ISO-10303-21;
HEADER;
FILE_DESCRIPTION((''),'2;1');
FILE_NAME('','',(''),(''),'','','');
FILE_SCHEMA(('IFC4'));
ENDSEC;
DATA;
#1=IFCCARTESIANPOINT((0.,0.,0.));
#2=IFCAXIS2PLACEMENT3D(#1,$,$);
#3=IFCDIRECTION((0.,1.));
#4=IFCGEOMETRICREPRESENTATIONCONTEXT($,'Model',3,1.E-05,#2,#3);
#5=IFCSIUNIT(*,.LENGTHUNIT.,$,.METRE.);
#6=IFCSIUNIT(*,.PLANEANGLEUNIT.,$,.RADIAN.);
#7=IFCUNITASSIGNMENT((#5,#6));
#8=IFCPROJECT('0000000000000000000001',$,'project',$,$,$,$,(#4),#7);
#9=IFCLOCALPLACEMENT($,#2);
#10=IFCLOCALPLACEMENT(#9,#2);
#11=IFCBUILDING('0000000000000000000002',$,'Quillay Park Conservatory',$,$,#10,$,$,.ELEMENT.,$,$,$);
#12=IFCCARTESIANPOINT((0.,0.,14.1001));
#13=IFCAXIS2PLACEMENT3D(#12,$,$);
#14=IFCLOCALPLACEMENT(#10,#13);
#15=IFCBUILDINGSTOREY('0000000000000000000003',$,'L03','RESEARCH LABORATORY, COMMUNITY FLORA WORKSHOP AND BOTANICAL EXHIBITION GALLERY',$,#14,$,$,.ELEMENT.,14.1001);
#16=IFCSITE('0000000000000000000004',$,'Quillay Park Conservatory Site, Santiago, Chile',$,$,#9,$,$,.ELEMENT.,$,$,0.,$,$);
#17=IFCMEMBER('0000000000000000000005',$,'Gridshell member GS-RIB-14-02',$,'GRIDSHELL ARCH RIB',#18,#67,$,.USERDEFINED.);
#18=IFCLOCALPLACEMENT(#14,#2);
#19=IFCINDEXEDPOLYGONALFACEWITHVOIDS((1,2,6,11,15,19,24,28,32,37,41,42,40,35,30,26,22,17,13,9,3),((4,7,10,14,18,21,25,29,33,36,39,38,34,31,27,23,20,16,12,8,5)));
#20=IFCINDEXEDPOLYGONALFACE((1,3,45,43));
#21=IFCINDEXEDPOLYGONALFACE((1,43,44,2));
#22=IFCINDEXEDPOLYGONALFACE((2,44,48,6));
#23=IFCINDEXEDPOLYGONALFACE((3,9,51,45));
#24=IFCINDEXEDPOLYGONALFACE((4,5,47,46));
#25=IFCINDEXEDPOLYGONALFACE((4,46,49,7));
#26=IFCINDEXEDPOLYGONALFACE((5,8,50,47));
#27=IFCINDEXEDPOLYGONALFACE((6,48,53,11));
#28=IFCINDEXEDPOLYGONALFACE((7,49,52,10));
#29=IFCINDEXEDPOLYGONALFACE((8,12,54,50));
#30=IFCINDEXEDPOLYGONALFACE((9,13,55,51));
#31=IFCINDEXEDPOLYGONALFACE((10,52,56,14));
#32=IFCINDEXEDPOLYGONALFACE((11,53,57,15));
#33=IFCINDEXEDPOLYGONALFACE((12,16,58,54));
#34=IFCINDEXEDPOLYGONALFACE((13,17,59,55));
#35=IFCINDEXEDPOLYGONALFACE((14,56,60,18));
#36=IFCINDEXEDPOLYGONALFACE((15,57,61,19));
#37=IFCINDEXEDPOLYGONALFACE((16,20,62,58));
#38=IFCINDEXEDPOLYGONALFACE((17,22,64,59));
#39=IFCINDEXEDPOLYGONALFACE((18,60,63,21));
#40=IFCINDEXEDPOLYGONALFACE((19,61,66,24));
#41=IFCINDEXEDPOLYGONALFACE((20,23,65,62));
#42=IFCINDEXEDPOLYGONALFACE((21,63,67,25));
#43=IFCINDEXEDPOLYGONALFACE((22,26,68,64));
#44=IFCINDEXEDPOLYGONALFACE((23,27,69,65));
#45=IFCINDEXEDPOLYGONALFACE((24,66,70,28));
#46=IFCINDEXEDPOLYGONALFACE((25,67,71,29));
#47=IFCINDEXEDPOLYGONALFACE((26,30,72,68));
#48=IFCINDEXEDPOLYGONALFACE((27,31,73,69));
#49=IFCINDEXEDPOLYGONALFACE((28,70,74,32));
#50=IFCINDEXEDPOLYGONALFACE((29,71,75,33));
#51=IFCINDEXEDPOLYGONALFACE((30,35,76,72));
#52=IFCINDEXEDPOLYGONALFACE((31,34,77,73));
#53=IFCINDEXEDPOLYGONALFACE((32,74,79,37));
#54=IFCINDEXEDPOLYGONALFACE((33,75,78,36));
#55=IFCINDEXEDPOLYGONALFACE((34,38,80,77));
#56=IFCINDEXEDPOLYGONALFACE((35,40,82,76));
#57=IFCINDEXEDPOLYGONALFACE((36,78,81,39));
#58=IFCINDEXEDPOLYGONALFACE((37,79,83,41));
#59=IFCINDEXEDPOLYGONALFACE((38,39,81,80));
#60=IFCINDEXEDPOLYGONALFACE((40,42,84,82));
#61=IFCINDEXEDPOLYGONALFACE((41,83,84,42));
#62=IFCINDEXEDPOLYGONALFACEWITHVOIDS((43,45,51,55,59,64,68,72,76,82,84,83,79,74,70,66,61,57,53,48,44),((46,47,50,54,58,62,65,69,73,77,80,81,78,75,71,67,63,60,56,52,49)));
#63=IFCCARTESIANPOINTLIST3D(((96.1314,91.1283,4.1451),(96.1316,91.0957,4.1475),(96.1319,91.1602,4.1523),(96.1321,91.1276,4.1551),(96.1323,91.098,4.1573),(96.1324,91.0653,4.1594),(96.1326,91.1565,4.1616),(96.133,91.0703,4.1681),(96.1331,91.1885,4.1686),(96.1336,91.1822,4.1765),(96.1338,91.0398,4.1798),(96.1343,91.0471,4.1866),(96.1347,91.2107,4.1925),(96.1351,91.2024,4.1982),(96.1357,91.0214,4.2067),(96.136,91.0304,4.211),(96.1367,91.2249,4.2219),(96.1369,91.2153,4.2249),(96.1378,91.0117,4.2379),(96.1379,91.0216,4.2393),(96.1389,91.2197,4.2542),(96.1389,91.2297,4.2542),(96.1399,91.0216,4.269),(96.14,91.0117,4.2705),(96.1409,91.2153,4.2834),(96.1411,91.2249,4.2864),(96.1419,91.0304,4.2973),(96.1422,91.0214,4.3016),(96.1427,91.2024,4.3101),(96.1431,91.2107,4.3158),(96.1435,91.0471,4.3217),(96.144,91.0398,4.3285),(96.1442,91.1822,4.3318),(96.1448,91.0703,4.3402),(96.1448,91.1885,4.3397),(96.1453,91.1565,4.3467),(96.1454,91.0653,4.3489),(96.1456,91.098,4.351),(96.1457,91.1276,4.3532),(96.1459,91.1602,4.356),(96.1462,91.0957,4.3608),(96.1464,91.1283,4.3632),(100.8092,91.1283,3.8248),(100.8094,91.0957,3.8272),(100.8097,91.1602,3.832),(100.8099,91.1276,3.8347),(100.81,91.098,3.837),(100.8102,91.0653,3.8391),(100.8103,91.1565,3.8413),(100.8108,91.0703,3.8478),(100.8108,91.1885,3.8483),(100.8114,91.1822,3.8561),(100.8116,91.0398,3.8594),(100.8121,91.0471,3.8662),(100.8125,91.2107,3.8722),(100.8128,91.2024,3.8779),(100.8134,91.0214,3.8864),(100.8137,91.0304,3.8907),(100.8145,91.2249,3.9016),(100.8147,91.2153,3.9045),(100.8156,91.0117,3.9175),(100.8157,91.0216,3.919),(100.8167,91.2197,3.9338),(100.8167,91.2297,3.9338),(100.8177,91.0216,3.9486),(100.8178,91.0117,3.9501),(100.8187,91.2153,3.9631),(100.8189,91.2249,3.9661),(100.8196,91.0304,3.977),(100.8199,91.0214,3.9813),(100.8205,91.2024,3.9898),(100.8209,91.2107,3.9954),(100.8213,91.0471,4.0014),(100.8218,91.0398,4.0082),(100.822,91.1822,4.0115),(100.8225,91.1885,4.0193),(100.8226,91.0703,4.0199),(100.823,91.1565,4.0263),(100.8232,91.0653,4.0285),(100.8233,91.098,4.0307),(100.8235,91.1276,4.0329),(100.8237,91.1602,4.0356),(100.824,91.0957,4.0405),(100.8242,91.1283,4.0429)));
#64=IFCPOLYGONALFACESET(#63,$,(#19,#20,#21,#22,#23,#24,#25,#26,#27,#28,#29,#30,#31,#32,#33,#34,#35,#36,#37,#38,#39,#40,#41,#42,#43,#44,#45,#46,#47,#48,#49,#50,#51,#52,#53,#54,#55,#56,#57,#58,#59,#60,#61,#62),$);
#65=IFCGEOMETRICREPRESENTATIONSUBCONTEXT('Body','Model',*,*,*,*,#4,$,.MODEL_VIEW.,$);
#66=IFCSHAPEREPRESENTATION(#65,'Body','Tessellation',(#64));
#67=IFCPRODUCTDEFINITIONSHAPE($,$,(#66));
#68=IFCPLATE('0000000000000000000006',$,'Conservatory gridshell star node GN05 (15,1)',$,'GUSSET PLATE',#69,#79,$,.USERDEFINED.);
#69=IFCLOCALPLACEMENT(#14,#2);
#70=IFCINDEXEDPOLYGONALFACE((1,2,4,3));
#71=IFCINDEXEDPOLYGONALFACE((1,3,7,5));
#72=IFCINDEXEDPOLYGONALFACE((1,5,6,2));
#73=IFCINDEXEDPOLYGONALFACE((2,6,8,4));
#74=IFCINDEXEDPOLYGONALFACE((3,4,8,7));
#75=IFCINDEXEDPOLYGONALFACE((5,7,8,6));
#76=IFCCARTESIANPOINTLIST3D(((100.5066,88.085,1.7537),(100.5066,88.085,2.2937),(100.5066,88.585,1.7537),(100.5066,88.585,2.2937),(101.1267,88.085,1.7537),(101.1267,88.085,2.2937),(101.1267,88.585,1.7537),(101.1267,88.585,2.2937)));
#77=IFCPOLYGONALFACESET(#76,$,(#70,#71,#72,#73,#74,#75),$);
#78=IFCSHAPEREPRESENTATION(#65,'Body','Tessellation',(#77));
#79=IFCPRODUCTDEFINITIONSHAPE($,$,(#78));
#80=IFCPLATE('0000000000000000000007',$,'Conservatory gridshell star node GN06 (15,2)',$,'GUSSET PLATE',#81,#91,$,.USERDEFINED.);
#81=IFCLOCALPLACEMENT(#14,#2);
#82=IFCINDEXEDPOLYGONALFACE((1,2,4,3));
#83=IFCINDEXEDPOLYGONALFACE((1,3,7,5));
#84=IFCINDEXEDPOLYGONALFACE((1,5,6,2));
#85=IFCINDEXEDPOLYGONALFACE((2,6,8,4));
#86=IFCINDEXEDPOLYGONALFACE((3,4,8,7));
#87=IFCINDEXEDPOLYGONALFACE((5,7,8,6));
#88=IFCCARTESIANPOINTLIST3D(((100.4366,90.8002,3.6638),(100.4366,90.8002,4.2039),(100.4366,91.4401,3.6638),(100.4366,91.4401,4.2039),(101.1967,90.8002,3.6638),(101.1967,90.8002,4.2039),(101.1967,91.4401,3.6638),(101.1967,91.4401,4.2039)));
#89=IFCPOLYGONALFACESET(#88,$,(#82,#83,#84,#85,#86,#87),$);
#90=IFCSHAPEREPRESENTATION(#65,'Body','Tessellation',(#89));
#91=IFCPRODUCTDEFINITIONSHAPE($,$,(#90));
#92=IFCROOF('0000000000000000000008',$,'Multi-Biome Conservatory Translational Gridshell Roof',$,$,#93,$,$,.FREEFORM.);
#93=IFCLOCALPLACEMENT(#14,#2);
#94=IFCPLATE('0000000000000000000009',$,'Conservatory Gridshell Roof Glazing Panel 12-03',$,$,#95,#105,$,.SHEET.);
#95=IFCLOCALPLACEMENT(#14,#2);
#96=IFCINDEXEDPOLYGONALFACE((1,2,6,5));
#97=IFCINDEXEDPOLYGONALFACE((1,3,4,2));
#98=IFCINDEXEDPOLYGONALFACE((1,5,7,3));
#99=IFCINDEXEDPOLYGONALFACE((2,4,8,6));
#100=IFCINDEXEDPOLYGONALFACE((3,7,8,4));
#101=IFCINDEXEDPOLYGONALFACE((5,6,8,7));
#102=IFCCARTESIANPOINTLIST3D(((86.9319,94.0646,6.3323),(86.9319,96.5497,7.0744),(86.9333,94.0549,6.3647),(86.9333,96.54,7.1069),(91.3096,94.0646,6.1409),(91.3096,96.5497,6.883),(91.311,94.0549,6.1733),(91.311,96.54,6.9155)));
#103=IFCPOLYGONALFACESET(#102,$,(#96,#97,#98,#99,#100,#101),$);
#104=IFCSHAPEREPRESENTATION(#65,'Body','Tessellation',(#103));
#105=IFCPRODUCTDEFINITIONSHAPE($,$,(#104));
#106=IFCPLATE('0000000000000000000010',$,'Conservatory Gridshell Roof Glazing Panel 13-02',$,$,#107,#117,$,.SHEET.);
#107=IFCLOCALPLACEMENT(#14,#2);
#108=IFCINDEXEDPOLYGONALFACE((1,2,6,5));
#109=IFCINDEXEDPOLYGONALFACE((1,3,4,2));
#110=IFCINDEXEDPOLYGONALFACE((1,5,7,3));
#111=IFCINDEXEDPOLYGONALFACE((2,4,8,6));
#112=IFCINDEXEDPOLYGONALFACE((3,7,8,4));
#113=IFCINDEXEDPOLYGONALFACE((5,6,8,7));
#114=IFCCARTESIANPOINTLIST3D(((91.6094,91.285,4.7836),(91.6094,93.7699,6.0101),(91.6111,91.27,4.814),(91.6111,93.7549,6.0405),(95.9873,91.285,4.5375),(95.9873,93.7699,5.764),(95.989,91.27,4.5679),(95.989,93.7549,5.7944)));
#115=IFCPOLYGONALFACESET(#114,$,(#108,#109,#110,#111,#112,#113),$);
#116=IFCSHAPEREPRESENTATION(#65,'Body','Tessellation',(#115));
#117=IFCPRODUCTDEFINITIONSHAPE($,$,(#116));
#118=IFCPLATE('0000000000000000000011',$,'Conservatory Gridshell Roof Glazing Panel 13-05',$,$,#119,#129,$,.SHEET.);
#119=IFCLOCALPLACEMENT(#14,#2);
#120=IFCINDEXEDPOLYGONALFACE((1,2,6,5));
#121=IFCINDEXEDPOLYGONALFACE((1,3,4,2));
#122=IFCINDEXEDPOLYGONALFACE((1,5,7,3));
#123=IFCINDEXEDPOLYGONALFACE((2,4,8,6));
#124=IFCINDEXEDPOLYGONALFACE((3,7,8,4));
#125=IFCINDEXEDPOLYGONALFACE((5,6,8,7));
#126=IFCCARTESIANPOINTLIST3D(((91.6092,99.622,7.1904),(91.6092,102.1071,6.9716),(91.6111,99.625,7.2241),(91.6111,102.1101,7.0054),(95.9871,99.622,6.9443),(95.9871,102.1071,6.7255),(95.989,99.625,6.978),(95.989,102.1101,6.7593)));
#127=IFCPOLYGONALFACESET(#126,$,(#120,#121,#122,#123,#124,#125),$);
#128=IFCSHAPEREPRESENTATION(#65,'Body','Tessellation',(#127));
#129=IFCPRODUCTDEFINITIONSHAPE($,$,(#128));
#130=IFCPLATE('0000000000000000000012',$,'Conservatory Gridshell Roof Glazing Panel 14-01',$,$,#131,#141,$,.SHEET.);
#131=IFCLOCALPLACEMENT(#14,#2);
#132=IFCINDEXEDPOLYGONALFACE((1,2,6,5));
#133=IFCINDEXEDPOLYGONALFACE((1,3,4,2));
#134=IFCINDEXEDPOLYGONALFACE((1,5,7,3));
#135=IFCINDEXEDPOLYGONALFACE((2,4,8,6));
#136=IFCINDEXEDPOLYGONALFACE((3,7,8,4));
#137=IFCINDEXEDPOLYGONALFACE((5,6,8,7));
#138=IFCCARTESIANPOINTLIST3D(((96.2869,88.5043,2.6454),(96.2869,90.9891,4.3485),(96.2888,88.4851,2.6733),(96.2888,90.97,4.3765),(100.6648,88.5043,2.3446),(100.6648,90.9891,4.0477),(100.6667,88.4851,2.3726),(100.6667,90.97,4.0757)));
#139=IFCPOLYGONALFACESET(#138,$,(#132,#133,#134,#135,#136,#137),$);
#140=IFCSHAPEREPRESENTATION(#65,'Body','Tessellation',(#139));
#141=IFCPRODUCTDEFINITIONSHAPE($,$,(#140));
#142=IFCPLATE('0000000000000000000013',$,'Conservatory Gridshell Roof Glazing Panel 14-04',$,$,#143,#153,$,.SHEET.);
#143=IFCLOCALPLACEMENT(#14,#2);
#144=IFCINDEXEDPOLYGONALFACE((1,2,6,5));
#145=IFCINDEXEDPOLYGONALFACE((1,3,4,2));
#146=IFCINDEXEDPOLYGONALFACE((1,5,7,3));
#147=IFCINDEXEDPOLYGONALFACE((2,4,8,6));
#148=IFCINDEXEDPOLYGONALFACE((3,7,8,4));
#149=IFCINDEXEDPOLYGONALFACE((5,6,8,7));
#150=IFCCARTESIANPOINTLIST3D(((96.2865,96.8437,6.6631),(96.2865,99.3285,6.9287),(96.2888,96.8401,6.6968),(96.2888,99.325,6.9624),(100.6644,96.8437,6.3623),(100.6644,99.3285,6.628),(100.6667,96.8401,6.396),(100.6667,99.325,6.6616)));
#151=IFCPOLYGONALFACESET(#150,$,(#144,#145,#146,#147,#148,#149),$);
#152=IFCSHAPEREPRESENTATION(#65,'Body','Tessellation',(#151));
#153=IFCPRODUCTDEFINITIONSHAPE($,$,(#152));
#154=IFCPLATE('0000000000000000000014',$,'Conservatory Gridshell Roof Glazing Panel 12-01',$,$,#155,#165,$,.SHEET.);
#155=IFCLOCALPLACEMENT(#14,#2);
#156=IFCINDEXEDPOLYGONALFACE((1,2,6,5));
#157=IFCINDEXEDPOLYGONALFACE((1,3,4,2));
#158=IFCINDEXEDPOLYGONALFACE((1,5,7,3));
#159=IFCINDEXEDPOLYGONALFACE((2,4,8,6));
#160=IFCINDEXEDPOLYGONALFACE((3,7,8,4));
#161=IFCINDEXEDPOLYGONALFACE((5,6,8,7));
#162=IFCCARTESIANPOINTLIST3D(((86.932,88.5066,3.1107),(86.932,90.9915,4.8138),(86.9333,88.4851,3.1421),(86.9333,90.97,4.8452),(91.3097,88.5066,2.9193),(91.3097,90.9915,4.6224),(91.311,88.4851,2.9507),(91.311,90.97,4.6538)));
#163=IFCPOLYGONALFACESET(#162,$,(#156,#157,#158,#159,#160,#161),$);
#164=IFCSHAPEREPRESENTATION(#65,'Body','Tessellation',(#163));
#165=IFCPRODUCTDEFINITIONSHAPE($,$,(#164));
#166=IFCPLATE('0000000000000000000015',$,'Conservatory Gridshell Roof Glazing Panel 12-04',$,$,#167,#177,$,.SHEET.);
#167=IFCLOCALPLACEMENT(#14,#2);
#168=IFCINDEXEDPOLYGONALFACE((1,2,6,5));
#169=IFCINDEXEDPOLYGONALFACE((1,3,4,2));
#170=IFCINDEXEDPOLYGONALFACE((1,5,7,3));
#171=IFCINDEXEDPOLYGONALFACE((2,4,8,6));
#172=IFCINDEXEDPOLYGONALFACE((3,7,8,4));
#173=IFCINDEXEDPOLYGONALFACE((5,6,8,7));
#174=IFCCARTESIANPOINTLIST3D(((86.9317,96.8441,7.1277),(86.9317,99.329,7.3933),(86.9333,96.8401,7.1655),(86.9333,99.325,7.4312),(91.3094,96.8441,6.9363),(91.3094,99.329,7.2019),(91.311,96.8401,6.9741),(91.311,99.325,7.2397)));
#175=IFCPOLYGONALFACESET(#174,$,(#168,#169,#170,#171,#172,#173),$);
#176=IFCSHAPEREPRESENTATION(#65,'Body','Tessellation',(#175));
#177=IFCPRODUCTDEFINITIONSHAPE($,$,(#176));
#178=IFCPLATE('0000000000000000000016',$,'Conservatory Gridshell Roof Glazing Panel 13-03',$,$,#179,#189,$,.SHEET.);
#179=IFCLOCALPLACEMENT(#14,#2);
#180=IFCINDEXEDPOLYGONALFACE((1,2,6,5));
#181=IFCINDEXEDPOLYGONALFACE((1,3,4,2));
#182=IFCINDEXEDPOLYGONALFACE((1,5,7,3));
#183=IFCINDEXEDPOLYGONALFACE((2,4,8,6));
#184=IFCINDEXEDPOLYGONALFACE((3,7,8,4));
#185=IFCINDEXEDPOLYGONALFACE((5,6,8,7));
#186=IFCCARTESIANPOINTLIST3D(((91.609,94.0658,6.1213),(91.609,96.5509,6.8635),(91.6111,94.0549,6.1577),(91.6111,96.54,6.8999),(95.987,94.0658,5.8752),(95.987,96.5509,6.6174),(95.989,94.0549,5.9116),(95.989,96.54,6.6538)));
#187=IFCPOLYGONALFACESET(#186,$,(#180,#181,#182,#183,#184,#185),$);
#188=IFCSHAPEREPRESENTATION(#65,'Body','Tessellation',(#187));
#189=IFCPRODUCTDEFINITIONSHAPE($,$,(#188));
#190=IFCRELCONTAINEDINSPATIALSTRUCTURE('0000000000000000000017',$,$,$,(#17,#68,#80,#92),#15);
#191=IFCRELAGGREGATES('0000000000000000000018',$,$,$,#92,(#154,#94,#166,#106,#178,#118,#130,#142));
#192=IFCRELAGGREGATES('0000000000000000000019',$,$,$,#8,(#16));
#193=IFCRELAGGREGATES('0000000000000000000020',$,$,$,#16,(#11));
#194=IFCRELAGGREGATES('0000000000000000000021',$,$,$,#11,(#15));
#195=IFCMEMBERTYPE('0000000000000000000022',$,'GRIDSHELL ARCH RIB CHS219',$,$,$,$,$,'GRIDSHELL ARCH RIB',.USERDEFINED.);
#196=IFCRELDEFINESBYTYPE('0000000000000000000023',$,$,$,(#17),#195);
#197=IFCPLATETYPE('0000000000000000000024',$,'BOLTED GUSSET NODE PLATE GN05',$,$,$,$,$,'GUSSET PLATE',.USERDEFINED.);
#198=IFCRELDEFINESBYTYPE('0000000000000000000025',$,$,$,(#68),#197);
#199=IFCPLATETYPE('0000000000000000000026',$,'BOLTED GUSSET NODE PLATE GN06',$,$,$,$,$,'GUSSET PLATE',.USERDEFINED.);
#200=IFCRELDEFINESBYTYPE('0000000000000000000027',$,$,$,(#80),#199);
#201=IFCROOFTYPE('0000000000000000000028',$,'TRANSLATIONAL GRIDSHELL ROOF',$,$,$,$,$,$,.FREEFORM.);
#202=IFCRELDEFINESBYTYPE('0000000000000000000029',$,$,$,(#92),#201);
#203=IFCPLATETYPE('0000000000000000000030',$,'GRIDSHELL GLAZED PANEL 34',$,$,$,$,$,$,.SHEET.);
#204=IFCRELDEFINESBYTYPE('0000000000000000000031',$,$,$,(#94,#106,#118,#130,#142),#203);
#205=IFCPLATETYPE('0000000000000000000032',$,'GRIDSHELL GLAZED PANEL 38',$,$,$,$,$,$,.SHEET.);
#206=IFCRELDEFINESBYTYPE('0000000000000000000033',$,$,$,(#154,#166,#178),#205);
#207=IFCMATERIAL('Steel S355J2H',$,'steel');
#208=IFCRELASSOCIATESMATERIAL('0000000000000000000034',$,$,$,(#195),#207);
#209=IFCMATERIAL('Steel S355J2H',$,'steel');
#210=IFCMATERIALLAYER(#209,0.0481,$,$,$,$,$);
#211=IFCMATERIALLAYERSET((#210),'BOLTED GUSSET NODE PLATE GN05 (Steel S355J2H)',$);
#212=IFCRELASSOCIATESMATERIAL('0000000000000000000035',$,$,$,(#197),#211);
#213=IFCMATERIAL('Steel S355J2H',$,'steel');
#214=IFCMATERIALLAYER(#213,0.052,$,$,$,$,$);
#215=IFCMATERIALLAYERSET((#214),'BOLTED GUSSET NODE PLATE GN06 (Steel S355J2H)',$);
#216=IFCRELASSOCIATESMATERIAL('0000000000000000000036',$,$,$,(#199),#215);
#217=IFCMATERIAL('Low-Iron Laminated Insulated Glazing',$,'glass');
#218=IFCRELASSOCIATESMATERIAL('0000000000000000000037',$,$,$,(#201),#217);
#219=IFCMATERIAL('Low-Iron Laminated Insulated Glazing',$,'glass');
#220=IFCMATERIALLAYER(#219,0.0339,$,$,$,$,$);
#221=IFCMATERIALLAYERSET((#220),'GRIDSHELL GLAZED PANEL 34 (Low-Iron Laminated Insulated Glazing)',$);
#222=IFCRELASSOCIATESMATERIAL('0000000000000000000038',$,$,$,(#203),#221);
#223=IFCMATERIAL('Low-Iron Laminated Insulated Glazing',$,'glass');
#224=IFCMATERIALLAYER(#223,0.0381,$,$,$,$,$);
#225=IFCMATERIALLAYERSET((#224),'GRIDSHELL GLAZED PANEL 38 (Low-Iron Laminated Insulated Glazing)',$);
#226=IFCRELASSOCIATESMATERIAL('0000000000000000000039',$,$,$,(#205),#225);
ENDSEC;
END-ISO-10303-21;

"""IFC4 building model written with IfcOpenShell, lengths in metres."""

from ifc_helpers import new_model, si_unit, direction, frame, origin, origin_2d, place, context, subcontext, project, spatial, polyline, rectangle, hollow_circle, outline, extrude, material, layer, layer_set, material_profile, profile_set, type_object, element, aggregate, save


model = new_model("IFC4")

# Units and contexts
model_context = context("Model", 3, precision=1e-05, world=origin(), true_north=direction((0.0, 1.0)))
body_context = subcontext(model_context, "Body", "Model", "MODEL_VIEW")
ifc_project = project(units=[si_unit("LENGTHUNIT", "METRE"), si_unit("PLANEANGLEUNIT", "RADIAN")], contexts=[model_context])

# Site, building, storey
site_placement = place(None, origin())
site = spatial("IfcSite", under=ifc_project, at=site_placement, Name="Quillay Park Conservatory Site, Santiago, Chile", CompositionType="ELEMENT", RefElevation=0.0)
building_placement = place(site_placement, origin())
building = spatial("IfcBuilding", under=site, at=building_placement, Name="Quillay Park Conservatory", CompositionType="ELEMENT")
storey_placement = place(building_placement, frame((0.0, 0.0, 14.1001)))
storey = spatial("IfcBuildingStorey", under=building, at=storey_placement, Name="L03", Description="RESEARCH LABORATORY, COMMUNITY FLORA WORKSHOP AND BOTANICAL EXHIBITION GALLERY", CompositionType="ELEMENT", Elevation=14.1001)

# Member
ifc_material_1 = material(Name="Steel S355J2H", Category="steel")
ifc_material_profile_1 = material_profile(ifc_material_1, hollow_circle(Radius=0.1096, WallThickness=0.01, at=origin_2d()), Name="CHS219.1x10")
ifc_profile_set_1 = profile_set([ifc_material_profile_1], Name="Steel S355J2H")
member_type = type_object("IfcMemberType", Name="GRIDSHELL ARCH RIB CHS219", ElementType="GRIDSHELL ARCH RIB", PredefinedType="USERDEFINED", material=ifc_profile_set_1)
for number, where, z_axis, x_axis, name in (
    (1, (96.1389, 91.1201, 4.2542), (0.997664, 0.0, -0.068316), (0.0, 1.0, 0.0), "Gridshell member GS-RIB-14-02"),
):
    element("IfcMember", number, at=place(storey_placement, frame(where, z_axis=z_axis, x_axis=x_axis)), inside=storey, type_object=member_type, Name=name, ObjectType="GRIDSHELL ARCH RIB", PredefinedType="USERDEFINED", context=body_context, shape_type="SweptSolid", body=[
        extrude(hollow_circle(Radius=0.1096, WallThickness=0.01, at=origin_2d()), origin(), (0.0, 0.0, 1.0), 4.6887),
    ])

# Plates
ifc_material_2 = material(Name="Steel S355J2H", Category="steel")
ifc_layer_1 = layer(ifc_material_2, 0.0481)
ifc_layer_set_1 = layer_set([ifc_layer_1], Name="BOLTED GUSSET NODE PLATE GN05 (Steel S355J2H)")
plate_type_1 = type_object("IfcPlateType", Name="BOLTED GUSSET NODE PLATE GN05", ElementType="GUSSET PLATE", PredefinedType="USERDEFINED", material=ifc_layer_set_1)
plate_1_placement = place(storey_placement, frame((100.8167, 88.335, 1.7537), z_axis=(0.0, 0.0, 1.0), x_axis=(1.0, 0.0, 0.0)))
element("IfcPlate", 2, at=plate_1_placement, inside=storey, type_object=plate_type_1, Name="Conservatory gridshell star node GN05 (15,1)", ObjectType="GUSSET PLATE", PredefinedType="USERDEFINED", context=body_context, shape_type="SweptSolid", body=[
    extrude(rectangle(XDim=0.6201, YDim=0.5, at=origin_2d()), origin(), (0.0, 0.0, 1.0), 0.54),
])
ifc_material_3 = material(Name="Steel S355J2H", Category="steel")
ifc_layer_2 = layer(ifc_material_3, 0.052)
ifc_layer_set_2 = layer_set([ifc_layer_2], Name="BOLTED GUSSET NODE PLATE GN06 (Steel S355J2H)")
plate_type_2 = type_object("IfcPlateType", Name="BOLTED GUSSET NODE PLATE GN06", ElementType="GUSSET PLATE", PredefinedType="USERDEFINED", material=ifc_layer_set_2)
plate_2_placement = place(storey_placement, frame((100.8167, 91.1201, 3.6638), z_axis=(0.0, 0.0, 1.0), x_axis=(1.0, 0.0, 0.0)))
element("IfcPlate", 3, at=plate_2_placement, inside=storey, type_object=plate_type_2, Name="Conservatory gridshell star node GN06 (15,2)", ObjectType="GUSSET PLATE", PredefinedType="USERDEFINED", context=body_context, shape_type="SweptSolid", body=[
    extrude(rectangle(XDim=0.76, YDim=0.6399, at=origin_2d()), origin(), (0.0, 0.0, 1.0), 0.54),
])

# Roof, plates
ifc_material_4 = material(Name="Low-Iron Laminated Insulated Glazing", Category="glass")
roof_type = type_object("IfcRoofType", Name="TRANSLATIONAL GRIDSHELL ROOF", PredefinedType="FREEFORM", material=ifc_material_4)
roof_placement = place(storey_placement, origin())
roof = element("IfcRoof", 4, at=roof_placement, inside=storey, type_object=roof_type, Name="Multi-Biome Conservatory Translational Gridshell Roof", PredefinedType="FREEFORM")
ifc_material_5 = material(Name="Low-Iron Laminated Insulated Glazing", Category="glass")
ifc_layer_3 = layer(ifc_material_5, 0.0339)
ifc_layer_set_3 = layer_set([ifc_layer_3], Name="GRIDSHELL GLAZED PANEL 34 (Low-Iron Laminated Insulated Glazing)")
plate_type_3 = type_object("IfcPlateType", Name="GRIDSHELL GLAZED PANEL 34", PredefinedType="SHEET", material=ifc_layer_set_3)
plate_3_placement = place(storey_placement, frame((86.9333, 94.0549, 6.3647), z_axis=(0.041858, -0.285914, 0.957341), x_axis=(0.999046, 0.0, -0.043681)))
plate_3 = element("IfcPlate", 5, at=plate_3_placement, type_object=plate_type_3, Name="Conservatory Gridshell Roof Glazing Panel 12-03", PredefinedType="SHEET", context=body_context, shape_type="SweptSolid", body=[
    extrude(outline(polyline([(0.0, 0.0), (4.3819, 0.0), (4.3494, 2.5934), (-0.0324, 2.5934), (0.0, 0.0)])), origin(), (0.0, 0.0, -1.0), 0.0339),
])
plate_4_placement = place(storey_placement, frame((91.6111, 91.27, 4.814), z_axis=(0.050342, -0.442065, 0.895569), x_axis=(0.998424, 0.0, -0.056124)))
plate_4 = element("IfcPlate", 6, at=plate_4_placement, type_object=plate_type_3, Name="Conservatory Gridshell Roof Glazing Panel 13-02", PredefinedType="SHEET", context=body_context, shape_type="SweptSolid", body=[
    extrude(outline(polyline([(0.0, 0.0), (4.3848, 0.0), (4.316, 2.7702), (-0.0688, 2.7702), (0.0, 0.0)])), origin(), (0.0, 0.0, -1.0), 0.0339),
])
plate_5_placement = place(storey_placement, frame((91.6111, 99.625, 7.2241), z_axis=(0.055908, 0.087548, 0.99459), x_axis=(0.998424, 0.0, -0.056124)))
plate_5 = element("IfcPlate", 7, at=plate_5_placement, type_object=plate_type_3, Name="Conservatory Gridshell Roof Glazing Panel 13-05", PredefinedType="SHEET", context=body_context, shape_type="SweptSolid", body=[
    extrude(outline(polyline([(0.0, 0.0), (4.3848, 0.0), (4.3971, 2.4947), (0.0123, 2.4947), (0.0, 0.0)])), origin(), (0.0, 0.0, -1.0), 0.0339),
])
plate_6_placement = place(storey_placement, frame((96.2888, 88.4851, 2.6733), z_axis=(0.05658, -0.564446, 0.823528), x_axis=(0.997648, 0.0, -0.068542)))
plate_6 = element("IfcPlate", 8, at=plate_6_placement, type_object=plate_type_3, Name="Conservatory Gridshell Roof Glazing Panel 14-01", PredefinedType="SHEET", context=body_context, shape_type="SweptSolid", body=[
    extrude(outline(polyline([(0.0, 0.0), (4.3882, 0.0), (4.2715, 3.0102), (-0.1167, 3.0102), (0.0, 0.0)])), origin(), (0.0, 0.0, -1.0), 0.0339),
])
plate_7_placement = place(storey_placement, frame((96.2888, 96.8401, 6.6968), z_axis=(0.068156, -0.106044, 0.992023), x_axis=(0.997648, 0.0, -0.068542)))
plate_7 = element("IfcPlate", 9, at=plate_7_placement, type_object=plate_type_3, Name="Conservatory Gridshell Roof Glazing Panel 14-04", PredefinedType="SHEET", context=body_context, shape_type="SweptSolid", body=[
    extrude(outline(polyline([(0.0, 0.0), (4.3882, 0.0), (4.37, 2.499), (-0.0182, 2.499), (0.0, 0.0)])), origin(), (0.0, 0.0, -1.0), 0.0339),
])
ifc_material_6 = material(Name="Low-Iron Laminated Insulated Glazing", Category="glass")
ifc_layer_4 = layer(ifc_material_6, 0.0381)
ifc_layer_set_4 = layer_set([ifc_layer_4], Name="GRIDSHELL GLAZED PANEL 38 (Low-Iron Laminated Insulated Glazing)")
plate_type_4 = type_object("IfcPlateType", Name="GRIDSHELL GLAZED PANEL 38", PredefinedType="SHEET", material=ifc_layer_set_4)
plate_8_placement = place(storey_placement, frame((86.9333, 88.4851, 3.1421), z_axis=(0.036042, -0.564985, 0.824314), x_axis=(0.999046, 0.0, -0.043681)))
plate_8 = element("IfcPlate", 10, at=plate_8_placement, type_object=plate_type_4, Name="Conservatory Gridshell Roof Glazing Panel 12-01", PredefinedType="SHEET", context=body_context, shape_type="SweptSolid", body=[
    extrude(outline(polyline([(0.0, 0.0), (4.3819, 0.0), (4.3075, 3.0116), (-0.0744, 3.0116), (0.0, 0.0)])), origin(), (0.0, 0.0, -1.0), 0.0381),
])
plate_9_placement = place(storey_placement, frame((86.9333, 96.8401, 7.1655), z_axis=(0.043434, -0.106191, 0.993397), x_axis=(0.999046, 0.0, -0.043681)))
plate_9 = element("IfcPlate", 11, at=plate_9_placement, type_object=plate_type_4, Name="Conservatory Gridshell Roof Glazing Panel 12-04", PredefinedType="SHEET", context=body_context, shape_type="SweptSolid", body=[
    extrude(outline(polyline([(0.0, 0.0), (4.3819, 0.0), (4.3703, 2.499), (-0.0116, 2.499), (0.0, 0.0)])), origin(), (0.0, 0.0, -1.0), 0.0381),
])
plate_10_placement = place(storey_placement, frame((91.6111, 94.0549, 6.1577), z_axis=(0.053784, -0.28575, 0.956794), x_axis=(0.998424, 0.0, -0.056124)))
plate_10 = element("IfcPlate", 12, at=plate_10_placement, type_object=plate_type_4, Name="Conservatory Gridshell Roof Glazing Panel 13-03", PredefinedType="SHEET", context=body_context, shape_type="SweptSolid", body=[
    extrude(outline(polyline([(0.0, 0.0), (4.3848, 0.0), (4.3432, 2.5932), (-0.0417, 2.5932), (0.0, 0.0)])), origin(), (0.0, 0.0, -1.0), 0.0381),
])
aggregate(roof, [plate_8, plate_3, plate_9, plate_4, plate_10, plate_5, plate_6, plate_7])

save(model, "model.ifc")
